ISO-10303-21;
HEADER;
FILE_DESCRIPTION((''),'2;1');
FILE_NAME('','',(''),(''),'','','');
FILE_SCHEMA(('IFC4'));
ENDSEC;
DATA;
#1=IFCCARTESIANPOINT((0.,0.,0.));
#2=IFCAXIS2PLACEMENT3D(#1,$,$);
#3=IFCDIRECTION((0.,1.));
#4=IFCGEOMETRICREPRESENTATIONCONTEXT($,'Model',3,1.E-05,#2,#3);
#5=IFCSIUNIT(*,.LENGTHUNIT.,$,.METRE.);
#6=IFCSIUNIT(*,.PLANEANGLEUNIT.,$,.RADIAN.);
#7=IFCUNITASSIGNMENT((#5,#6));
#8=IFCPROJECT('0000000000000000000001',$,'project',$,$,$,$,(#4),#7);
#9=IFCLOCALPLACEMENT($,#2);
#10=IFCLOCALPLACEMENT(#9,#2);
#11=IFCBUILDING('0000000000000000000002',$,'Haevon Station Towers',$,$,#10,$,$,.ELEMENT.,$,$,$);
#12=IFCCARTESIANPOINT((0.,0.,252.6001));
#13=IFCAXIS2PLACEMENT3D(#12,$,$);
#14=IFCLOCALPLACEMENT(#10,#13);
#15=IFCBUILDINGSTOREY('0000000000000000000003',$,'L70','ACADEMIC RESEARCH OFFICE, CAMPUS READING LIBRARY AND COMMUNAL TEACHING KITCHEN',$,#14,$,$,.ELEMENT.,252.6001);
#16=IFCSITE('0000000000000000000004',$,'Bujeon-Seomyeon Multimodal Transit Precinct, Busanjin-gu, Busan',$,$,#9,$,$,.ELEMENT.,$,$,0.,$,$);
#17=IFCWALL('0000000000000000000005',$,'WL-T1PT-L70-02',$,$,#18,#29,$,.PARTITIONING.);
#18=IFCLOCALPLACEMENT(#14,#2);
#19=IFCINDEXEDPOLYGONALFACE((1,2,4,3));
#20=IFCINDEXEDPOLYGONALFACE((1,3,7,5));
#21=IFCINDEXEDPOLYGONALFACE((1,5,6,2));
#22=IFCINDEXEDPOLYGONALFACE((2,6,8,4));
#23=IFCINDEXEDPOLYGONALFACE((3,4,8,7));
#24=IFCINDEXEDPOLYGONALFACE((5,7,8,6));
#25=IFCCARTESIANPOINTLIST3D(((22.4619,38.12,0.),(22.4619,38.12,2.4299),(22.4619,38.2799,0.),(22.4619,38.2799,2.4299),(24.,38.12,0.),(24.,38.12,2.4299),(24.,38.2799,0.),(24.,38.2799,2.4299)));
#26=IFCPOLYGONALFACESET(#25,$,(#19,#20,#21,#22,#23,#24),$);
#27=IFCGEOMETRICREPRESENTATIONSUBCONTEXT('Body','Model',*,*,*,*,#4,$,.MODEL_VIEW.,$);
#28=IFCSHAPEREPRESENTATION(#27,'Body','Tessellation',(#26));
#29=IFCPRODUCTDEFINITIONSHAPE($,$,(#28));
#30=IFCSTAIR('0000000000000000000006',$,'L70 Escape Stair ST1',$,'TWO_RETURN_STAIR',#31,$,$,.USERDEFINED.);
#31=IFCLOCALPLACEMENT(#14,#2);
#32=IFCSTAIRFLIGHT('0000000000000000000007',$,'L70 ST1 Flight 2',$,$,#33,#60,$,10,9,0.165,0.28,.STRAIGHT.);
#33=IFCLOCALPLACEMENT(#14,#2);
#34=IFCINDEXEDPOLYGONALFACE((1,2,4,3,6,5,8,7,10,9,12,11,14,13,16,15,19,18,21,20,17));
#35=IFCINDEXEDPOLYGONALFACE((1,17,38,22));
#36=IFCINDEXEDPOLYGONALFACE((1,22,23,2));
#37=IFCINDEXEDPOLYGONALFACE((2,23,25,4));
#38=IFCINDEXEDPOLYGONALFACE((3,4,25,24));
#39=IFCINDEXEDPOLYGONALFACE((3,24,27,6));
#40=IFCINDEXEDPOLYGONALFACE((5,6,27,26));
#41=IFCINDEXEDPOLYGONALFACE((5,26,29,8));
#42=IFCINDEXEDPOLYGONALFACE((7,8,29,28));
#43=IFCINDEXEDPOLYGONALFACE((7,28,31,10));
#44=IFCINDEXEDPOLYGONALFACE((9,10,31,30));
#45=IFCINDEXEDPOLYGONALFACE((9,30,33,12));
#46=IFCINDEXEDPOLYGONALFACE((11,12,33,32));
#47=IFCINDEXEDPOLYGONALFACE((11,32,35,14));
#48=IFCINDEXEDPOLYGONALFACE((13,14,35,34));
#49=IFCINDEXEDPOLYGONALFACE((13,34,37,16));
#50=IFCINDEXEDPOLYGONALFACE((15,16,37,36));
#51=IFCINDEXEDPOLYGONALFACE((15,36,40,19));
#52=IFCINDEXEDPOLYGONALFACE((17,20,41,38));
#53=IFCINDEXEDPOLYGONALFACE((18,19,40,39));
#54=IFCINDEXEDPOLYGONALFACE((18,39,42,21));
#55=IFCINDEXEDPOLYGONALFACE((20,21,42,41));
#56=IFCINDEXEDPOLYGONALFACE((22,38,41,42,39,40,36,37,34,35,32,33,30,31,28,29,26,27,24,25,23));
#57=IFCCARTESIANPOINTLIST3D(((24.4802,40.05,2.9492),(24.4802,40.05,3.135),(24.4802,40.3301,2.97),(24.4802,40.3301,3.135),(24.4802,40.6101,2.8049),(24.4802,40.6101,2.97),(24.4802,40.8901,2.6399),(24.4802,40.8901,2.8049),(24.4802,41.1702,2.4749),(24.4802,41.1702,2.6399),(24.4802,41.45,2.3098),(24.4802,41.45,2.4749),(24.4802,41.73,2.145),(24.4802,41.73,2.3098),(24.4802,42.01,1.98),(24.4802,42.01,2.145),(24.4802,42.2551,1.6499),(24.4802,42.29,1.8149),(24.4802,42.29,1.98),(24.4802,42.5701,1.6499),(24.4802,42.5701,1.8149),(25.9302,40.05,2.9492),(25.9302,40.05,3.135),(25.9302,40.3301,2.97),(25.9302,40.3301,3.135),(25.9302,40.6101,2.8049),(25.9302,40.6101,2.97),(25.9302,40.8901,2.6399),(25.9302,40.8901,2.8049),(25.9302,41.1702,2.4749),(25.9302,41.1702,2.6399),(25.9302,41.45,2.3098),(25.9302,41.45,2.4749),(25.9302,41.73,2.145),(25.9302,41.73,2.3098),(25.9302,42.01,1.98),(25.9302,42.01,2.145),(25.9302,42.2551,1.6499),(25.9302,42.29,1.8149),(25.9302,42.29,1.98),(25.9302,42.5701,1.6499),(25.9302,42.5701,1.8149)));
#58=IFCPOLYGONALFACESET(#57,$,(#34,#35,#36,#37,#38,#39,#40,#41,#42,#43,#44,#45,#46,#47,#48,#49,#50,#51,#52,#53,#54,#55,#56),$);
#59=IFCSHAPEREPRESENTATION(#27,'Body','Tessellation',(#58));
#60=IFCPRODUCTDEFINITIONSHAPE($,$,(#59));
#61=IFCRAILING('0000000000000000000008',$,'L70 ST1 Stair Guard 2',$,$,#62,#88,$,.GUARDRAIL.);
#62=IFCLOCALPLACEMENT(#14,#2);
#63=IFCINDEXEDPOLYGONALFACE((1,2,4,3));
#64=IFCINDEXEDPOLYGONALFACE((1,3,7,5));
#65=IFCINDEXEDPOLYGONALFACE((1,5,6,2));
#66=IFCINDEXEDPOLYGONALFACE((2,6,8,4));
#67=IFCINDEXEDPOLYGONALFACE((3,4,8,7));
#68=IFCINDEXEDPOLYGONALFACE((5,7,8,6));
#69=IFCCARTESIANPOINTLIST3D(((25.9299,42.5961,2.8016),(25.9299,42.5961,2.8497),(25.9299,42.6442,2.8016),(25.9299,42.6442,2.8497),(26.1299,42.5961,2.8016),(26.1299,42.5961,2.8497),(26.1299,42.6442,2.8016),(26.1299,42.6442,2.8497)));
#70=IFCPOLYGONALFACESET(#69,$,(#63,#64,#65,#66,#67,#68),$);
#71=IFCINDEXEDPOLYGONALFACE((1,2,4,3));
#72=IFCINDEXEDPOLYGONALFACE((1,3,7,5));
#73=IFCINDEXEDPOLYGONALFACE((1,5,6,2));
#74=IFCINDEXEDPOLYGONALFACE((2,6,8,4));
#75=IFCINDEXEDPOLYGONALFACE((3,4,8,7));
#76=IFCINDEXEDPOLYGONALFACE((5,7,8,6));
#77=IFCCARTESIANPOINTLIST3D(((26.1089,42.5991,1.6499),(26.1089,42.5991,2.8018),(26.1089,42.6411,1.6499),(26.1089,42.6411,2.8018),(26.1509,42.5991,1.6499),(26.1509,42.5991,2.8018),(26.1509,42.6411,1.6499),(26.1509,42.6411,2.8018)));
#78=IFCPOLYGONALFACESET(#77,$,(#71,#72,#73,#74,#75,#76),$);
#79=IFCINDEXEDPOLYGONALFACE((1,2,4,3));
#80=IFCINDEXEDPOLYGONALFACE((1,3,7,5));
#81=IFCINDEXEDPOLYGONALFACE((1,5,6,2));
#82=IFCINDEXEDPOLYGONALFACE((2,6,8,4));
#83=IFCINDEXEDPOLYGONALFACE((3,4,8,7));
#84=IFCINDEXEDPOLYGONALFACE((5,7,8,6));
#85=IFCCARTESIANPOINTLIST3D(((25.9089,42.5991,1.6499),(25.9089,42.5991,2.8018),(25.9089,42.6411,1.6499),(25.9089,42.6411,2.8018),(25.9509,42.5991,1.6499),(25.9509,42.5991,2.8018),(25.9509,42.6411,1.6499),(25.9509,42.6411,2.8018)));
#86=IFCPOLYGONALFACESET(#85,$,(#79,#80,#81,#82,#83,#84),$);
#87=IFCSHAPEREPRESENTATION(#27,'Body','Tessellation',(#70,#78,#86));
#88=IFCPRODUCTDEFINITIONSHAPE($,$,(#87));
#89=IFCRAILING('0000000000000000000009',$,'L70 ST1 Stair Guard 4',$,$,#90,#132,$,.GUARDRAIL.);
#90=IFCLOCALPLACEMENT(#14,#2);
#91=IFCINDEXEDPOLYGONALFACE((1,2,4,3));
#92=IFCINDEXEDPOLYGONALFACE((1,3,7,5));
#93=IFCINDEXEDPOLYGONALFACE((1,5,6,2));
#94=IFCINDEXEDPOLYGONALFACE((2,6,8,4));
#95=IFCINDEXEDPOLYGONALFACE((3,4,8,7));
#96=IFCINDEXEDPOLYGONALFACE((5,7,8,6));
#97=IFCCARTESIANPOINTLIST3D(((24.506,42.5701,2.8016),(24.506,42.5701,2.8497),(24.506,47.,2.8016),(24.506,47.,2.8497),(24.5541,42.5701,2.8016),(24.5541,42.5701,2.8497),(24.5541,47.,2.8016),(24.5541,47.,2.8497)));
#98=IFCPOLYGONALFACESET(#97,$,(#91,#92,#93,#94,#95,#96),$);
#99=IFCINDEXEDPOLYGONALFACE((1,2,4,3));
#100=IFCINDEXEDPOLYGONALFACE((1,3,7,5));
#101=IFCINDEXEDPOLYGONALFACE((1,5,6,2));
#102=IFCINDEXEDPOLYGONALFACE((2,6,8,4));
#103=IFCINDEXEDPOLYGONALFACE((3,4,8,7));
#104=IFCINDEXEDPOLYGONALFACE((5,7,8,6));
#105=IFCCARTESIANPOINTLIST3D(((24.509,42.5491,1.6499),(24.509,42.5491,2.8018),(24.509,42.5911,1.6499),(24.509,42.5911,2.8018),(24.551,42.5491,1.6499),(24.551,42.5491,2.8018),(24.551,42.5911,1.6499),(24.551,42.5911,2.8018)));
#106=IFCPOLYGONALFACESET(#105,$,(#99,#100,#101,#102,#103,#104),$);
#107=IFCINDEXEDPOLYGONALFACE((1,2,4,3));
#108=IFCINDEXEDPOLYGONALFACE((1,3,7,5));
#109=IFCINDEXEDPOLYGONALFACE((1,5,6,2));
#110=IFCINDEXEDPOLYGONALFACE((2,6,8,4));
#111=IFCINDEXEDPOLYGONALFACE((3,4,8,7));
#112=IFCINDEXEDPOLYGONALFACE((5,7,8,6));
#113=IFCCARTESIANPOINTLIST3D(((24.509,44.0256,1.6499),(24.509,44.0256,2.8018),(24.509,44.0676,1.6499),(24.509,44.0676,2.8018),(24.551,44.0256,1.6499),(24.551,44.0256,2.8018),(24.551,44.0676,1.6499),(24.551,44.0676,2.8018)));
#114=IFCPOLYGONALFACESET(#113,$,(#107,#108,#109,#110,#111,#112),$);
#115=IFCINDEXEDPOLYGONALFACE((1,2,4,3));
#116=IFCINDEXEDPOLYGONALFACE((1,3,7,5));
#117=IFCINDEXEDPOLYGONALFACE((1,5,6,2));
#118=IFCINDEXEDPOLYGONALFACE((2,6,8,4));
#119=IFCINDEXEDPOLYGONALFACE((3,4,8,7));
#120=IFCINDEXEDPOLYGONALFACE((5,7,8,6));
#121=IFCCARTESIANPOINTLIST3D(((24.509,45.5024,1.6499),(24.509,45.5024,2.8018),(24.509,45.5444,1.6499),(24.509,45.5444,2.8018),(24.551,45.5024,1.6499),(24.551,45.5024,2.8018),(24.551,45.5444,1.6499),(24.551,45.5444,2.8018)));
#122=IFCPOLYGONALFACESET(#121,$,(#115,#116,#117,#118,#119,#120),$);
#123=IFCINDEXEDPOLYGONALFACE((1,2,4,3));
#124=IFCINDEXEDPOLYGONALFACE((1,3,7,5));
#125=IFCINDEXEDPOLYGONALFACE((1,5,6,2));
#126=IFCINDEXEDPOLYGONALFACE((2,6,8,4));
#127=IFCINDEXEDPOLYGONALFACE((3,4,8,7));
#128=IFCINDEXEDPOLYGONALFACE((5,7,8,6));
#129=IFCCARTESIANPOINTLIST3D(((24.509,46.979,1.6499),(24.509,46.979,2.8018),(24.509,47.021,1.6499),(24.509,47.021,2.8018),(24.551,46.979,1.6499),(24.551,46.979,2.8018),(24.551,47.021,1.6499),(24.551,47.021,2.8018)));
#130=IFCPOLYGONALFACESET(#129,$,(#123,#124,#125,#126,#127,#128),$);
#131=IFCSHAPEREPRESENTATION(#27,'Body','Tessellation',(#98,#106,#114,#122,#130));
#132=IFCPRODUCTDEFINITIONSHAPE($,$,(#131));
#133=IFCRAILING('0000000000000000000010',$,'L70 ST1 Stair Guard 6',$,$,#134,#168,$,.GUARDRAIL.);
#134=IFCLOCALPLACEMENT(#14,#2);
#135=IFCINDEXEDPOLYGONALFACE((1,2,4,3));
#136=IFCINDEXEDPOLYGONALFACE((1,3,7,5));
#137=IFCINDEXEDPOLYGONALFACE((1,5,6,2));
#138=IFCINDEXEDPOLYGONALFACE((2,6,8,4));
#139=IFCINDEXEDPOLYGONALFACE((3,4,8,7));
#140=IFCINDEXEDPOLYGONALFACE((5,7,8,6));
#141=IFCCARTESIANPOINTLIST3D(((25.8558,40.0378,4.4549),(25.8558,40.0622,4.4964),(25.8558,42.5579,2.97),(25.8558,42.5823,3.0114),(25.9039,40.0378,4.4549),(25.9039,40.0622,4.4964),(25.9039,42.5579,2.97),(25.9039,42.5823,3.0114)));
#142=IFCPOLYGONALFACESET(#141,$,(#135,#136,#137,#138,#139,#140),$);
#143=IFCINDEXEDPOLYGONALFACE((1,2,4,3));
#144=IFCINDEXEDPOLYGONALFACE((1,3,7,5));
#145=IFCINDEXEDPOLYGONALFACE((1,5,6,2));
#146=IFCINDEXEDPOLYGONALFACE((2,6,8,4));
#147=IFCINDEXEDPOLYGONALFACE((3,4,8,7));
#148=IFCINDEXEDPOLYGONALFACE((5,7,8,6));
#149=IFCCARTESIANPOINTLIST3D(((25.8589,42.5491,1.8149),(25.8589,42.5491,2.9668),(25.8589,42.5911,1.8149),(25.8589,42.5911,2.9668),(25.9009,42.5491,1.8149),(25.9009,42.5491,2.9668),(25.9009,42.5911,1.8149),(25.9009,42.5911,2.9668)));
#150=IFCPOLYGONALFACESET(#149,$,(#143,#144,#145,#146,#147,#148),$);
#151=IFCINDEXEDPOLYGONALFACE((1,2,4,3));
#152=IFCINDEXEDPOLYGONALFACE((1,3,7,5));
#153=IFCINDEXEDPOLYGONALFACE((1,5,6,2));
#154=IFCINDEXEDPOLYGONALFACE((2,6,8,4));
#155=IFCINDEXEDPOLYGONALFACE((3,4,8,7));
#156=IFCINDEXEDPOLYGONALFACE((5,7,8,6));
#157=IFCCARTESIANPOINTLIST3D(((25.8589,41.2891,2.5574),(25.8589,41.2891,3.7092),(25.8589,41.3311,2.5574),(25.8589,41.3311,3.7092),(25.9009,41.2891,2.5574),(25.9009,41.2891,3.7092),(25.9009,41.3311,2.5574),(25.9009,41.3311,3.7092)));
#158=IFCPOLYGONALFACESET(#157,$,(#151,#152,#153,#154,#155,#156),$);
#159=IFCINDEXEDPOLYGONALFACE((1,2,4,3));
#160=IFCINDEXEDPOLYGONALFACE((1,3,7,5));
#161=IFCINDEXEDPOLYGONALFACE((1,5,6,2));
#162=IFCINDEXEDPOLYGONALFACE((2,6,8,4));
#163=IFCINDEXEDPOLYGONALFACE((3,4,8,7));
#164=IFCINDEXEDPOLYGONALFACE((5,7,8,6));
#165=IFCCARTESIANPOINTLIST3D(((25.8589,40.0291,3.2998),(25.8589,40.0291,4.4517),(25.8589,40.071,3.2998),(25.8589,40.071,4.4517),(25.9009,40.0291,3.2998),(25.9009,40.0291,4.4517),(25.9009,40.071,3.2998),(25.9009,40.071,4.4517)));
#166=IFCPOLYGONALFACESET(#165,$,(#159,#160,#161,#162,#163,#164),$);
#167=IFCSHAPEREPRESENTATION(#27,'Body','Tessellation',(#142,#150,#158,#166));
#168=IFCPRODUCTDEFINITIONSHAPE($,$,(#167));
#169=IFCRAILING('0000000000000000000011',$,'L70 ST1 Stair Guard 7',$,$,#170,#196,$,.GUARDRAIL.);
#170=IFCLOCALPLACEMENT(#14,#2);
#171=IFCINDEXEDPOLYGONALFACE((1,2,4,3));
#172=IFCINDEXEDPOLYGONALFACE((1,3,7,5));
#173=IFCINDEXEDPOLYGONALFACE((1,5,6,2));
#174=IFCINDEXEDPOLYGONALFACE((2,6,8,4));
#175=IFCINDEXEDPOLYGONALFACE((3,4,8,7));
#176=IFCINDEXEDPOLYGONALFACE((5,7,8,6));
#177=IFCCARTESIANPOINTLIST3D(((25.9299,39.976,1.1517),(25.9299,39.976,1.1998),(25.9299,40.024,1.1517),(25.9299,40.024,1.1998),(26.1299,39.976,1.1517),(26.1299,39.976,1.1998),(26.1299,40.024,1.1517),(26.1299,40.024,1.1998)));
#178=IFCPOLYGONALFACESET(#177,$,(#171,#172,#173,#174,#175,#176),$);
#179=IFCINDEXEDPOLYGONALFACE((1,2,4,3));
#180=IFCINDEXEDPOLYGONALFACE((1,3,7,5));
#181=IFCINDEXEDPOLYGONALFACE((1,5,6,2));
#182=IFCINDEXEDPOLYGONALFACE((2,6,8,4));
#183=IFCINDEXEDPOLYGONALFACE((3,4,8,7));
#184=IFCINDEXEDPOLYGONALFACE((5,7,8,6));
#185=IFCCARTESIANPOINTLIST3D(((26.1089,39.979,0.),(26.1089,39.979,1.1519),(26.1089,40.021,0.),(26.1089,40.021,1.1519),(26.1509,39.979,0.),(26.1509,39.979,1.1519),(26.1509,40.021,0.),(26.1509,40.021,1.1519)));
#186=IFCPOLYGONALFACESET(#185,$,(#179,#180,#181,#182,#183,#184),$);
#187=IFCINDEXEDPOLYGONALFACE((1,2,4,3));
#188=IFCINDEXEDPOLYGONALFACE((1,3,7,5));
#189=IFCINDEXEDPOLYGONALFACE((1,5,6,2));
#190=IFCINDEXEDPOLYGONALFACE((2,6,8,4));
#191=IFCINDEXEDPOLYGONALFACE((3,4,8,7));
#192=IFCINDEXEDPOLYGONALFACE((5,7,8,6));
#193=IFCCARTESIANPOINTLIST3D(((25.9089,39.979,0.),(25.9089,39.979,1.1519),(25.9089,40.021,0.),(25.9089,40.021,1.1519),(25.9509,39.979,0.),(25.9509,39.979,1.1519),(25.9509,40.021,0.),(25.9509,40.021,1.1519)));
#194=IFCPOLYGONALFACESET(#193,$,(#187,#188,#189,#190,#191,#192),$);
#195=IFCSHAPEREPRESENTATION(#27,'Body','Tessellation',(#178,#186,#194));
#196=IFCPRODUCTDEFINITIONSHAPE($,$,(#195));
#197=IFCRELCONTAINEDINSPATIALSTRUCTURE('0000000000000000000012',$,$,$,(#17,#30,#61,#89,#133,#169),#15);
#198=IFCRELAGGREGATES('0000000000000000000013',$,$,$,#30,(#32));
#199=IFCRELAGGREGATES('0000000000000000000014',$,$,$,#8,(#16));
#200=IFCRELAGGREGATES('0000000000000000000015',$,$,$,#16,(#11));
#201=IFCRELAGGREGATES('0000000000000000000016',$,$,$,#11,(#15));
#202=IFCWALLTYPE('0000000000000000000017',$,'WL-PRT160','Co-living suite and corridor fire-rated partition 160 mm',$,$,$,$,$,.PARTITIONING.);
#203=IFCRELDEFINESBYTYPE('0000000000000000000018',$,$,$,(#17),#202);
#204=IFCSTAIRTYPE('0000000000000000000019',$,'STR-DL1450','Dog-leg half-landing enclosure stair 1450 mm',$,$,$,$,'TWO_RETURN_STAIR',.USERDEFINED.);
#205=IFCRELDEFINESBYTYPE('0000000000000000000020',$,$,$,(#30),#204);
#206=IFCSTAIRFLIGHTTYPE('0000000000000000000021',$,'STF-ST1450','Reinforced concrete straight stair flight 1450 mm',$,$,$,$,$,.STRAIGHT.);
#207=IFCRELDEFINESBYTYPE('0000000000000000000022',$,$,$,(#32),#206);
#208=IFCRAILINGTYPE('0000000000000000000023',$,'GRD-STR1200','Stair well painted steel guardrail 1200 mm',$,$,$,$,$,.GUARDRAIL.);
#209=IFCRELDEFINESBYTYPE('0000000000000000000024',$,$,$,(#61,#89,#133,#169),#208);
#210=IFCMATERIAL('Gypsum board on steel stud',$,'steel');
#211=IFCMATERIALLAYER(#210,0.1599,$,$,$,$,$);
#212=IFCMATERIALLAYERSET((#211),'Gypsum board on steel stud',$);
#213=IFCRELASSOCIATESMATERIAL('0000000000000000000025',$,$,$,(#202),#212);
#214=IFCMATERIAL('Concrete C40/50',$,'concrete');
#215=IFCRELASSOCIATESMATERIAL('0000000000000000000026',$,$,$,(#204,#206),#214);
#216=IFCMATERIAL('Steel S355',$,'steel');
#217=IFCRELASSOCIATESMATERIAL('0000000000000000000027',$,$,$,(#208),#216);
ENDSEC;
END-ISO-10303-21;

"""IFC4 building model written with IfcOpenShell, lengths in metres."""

from ifc_helpers import new_model, si_unit, direction, frame, frame_2d, origin, origin_2d, place, context, subcontext, project, spatial, polyline, rectangle, outline, extrude, material, layer, layer_set, type_object, element, aggregate, save


model = new_model("IFC4")

# Units and contexts
model_context = context("Model", 3, precision=1e-05, world=origin(), true_north=direction((0.0, 1.0)))
body_context = subcontext(model_context, "Body", "Model", "MODEL_VIEW")
ifc_project = project(units=[si_unit("LENGTHUNIT", "METRE"), si_unit("PLANEANGLEUNIT", "RADIAN")], contexts=[model_context])

# Site, building, storey
site_placement = place(None, origin())
site = spatial("IfcSite", under=ifc_project, at=site_placement, Name="Bujeon-Seomyeon Multimodal Transit Precinct, Busanjin-gu, Busan", CompositionType="ELEMENT", RefElevation=0.0)
building_placement = place(site_placement, origin())
building = spatial("IfcBuilding", under=site, at=building_placement, Name="Haevon Station Towers", CompositionType="ELEMENT")
storey_placement = place(building_placement, frame((0.0, 0.0, 252.6001)))
storey = spatial("IfcBuildingStorey", under=building, at=storey_placement, Name="L70", Description="ACADEMIC RESEARCH OFFICE, CAMPUS READING LIBRARY AND COMMUNAL TEACHING KITCHEN", CompositionType="ELEMENT", Elevation=252.6001)

# Shared definitions
ifc_material_1 = material(Name="Steel S355", Category="steel")

# Shared definitions
ifc_material_2 = material(Name="Gypsum board on steel stud", Category="steel")

# Wall
ifc_layer_1 = layer(ifc_material_2, 0.1599)
ifc_layer_set_1 = layer_set([ifc_layer_1], Name="Gypsum board on steel stud")
wall_type_1 = type_object("IfcWallType", Name="WL-PRT160", Description="Co-living suite and corridor fire-rated partition 160 mm", PredefinedType="PARTITIONING", material=ifc_layer_set_1)
wall_1_placement = place(storey_placement, frame((22.4619, 38.2, 0.0), z_axis=(0.0, 0.0, 1.0), x_axis=(1.0, 0.0, 0.0)))
element("IfcWall", 1, at=wall_1_placement, inside=storey, type_object=wall_type_1, Name="WL-T1PT-L70-02", PredefinedType="PARTITIONING", context=body_context, shape_type="SweptSolid", body=[
    extrude(rectangle(XDim=1.5381, YDim=0.1599, at=frame_2d((0.769, 0.0))), origin(), (0.0, 0.0, 1.0), 2.4299),
])

# Stair, stair flight
ifc_material_3 = material(Name="Concrete C40/50", Category="concrete")
stair_type = type_object("IfcStairType", Name="STR-DL1450", Description="Dog-leg half-landing enclosure stair 1450 mm", ElementType="TWO_RETURN_STAIR", PredefinedType="USERDEFINED", material=ifc_material_3)
stair_placement = place(storey_placement, origin())
stair = element("IfcStair", 2, at=stair_placement, inside=storey, type_object=stair_type, Name="L70 Escape Stair ST1", ObjectType="TWO_RETURN_STAIR", PredefinedType="USERDEFINED")
stair_flight_type = type_object("IfcStairFlightType", Name="STF-ST1450", Description="Reinforced concrete straight stair flight 1450 mm", PredefinedType="STRAIGHT", material=ifc_material_3)
stair_flight_placement = place(storey_placement, frame((25.2051, 42.5701, 1.6499), z_axis=(0.0, 0.0, 1.0), x_axis=(0.0, -1.0, 0.0)))
stair_flight = element("IfcStairFlight", 3, at=stair_flight_placement, type_object=stair_flight_type, Name="L70 ST1 Flight 2", NumberOfRisers=10, NumberOfTreads=9, PredefinedType="STRAIGHT", RiserHeight=0.165, TreadLength=0.28, context=body_context, shape_type="SweptSolid", body=[
    extrude(outline(polyline([(0.0, 0.0), (0.0, 0.165), (0.28, 0.165), (0.28, 0.3301), (0.5601, 0.3301), (0.5601, 0.4951), (0.8401, 0.4951), (0.8401, 0.6599), (1.1201, 0.6599), (1.1201, 0.825), (1.3999, 0.825), (1.3999, 0.99), (1.6799, 0.99), (1.6799, 1.155), (1.96, 1.155), (1.96, 1.3201), (2.24, 1.3201), (2.24, 1.4851), (2.52, 1.4851), (2.52, 1.6499), (2.52, 1.2993), (0.3149, 0.0), (0.0, 0.0)])), frame((0.0, 0.7251, 0.0), z_axis=(0.0, -1.0, 0.0), x_axis=(1.0, 0.0, 0.0)), (0.0, 0.0, 1.0), 1.45),
])
aggregate(stair, [stair_flight])

# Railings
railing_type_1 = type_object("IfcRailingType", Name="GRD-STR1200", Description="Stair well painted steel guardrail 1200 mm", PredefinedType="GUARDRAIL", material=ifc_material_1)
railing_1_placement = place(storey_placement, frame((26.1299, 42.6201, 1.6499)))
element("IfcRailing", 4, at=railing_1_placement, inside=storey, type_object=railing_type_1, Name="L70 ST1 Stair Guard 2", PredefinedType="GUARDRAIL", context=body_context, shape_type="SweptSolid", body=[
    extrude(rectangle(XDim=0.0481, YDim=0.0481, at=origin_2d()), frame((0.0, 0.0, 1.1758), z_axis=(-1.0, 0.0, 0.0), x_axis=(0.0, -1.0, 0.0)), (0.0, 0.0, 1.0), 0.2),
    extrude(rectangle(XDim=0.042, YDim=0.042, at=origin_2d()), origin(), (0.0, 0.0, 1.0), 1.1519),
    extrude(rectangle(XDim=0.042, YDim=0.042, at=origin_2d()), frame((-0.2, 0.0, 0.0)), (0.0, 0.0, 1.0), 1.1519),
])
railing_2_placement = place(storey_placement, frame((24.53, 42.5701, 1.6499)))
element("IfcRailing", 5, at=railing_2_placement, inside=storey, type_object=railing_type_1, Name="L70 ST1 Stair Guard 4", PredefinedType="GUARDRAIL", context=body_context, shape_type="SweptSolid", body=[
    extrude(rectangle(XDim=0.0481, YDim=0.0481, at=origin_2d()), frame((0.0, 0.0, 1.1758), z_axis=(0.0, 1.0, 0.0), x_axis=(-1.0, 0.0, 0.0)), (0.0, 0.0, 1.0), 4.4299),
    extrude(rectangle(XDim=0.042, YDim=0.042, at=origin_2d()), origin(), (0.0, 0.0, 1.0), 1.1519),
    extrude(rectangle(XDim=0.042, YDim=0.042, at=origin_2d()), frame((0.0, 1.4766, 0.0)), (0.0, 0.0, 1.0), 1.1519),
    extrude(rectangle(XDim=0.042, YDim=0.042, at=origin_2d()), frame((0.0, 2.9534, 0.0)), (0.0, 0.0, 1.0), 1.1519),
    extrude(rectangle(XDim=0.042, YDim=0.042, at=origin_2d()), frame((0.0, 4.4299, 0.0)), (0.0, 0.0, 1.0), 1.1519),
])
railing_3_placement = place(storey_placement, frame((25.8799, 42.5701, 1.8149)))
element("IfcRailing", 6, at=railing_3_placement, inside=storey, type_object=railing_type_1, Name="L70 ST1 Stair Guard 6", PredefinedType="GUARDRAIL", context=body_context, shape_type="SweptSolid", body=[
    extrude(rectangle(XDim=0.0481, YDim=0.0481, at=origin_2d()), frame((0.0, 0.0, 1.1758), z_axis=(0.0, -0.861561, 0.507655), x_axis=(1.0, 0.0, 0.0)), (0.0, 0.0, 1.0), 2.925),
    extrude(rectangle(XDim=0.042, YDim=0.042, at=origin_2d()), origin(), (0.0, 0.0, 1.0), 1.1519),
    extrude(rectangle(XDim=0.042, YDim=0.042, at=origin_2d()), frame((0.0, -1.26, 0.7424)), (0.0, 0.0, 1.0), 1.1519),
    extrude(rectangle(XDim=0.042, YDim=0.042, at=origin_2d()), frame((0.0, -2.52, 1.4849)), (0.0, 0.0, 1.0), 1.1519),
])
railing_4_placement = place(storey_placement, frame((26.1299, 40.0, 0.0)))
element("IfcRailing", 7, at=railing_4_placement, inside=storey, type_object=railing_type_1, Name="L70 ST1 Stair Guard 7", PredefinedType="GUARDRAIL", context=body_context, shape_type="SweptSolid", body=[
    extrude(rectangle(XDim=0.0481, YDim=0.0481, at=origin_2d()), frame((0.0, 0.0, 1.1758), z_axis=(-1.0, 0.0, 0.0), x_axis=(0.0, -1.0, 0.0)), (0.0, 0.0, 1.0), 0.2),
    extrude(rectangle(XDim=0.042, YDim=0.042, at=origin_2d()), origin(), (0.0, 0.0, 1.0), 1.1519),
    extrude(rectangle(XDim=0.042, YDim=0.042, at=origin_2d()), frame((-0.2, 0.0, 0.0)), (0.0, 0.0, 1.0), 1.1519),
])

save(model, "model.ifc")
